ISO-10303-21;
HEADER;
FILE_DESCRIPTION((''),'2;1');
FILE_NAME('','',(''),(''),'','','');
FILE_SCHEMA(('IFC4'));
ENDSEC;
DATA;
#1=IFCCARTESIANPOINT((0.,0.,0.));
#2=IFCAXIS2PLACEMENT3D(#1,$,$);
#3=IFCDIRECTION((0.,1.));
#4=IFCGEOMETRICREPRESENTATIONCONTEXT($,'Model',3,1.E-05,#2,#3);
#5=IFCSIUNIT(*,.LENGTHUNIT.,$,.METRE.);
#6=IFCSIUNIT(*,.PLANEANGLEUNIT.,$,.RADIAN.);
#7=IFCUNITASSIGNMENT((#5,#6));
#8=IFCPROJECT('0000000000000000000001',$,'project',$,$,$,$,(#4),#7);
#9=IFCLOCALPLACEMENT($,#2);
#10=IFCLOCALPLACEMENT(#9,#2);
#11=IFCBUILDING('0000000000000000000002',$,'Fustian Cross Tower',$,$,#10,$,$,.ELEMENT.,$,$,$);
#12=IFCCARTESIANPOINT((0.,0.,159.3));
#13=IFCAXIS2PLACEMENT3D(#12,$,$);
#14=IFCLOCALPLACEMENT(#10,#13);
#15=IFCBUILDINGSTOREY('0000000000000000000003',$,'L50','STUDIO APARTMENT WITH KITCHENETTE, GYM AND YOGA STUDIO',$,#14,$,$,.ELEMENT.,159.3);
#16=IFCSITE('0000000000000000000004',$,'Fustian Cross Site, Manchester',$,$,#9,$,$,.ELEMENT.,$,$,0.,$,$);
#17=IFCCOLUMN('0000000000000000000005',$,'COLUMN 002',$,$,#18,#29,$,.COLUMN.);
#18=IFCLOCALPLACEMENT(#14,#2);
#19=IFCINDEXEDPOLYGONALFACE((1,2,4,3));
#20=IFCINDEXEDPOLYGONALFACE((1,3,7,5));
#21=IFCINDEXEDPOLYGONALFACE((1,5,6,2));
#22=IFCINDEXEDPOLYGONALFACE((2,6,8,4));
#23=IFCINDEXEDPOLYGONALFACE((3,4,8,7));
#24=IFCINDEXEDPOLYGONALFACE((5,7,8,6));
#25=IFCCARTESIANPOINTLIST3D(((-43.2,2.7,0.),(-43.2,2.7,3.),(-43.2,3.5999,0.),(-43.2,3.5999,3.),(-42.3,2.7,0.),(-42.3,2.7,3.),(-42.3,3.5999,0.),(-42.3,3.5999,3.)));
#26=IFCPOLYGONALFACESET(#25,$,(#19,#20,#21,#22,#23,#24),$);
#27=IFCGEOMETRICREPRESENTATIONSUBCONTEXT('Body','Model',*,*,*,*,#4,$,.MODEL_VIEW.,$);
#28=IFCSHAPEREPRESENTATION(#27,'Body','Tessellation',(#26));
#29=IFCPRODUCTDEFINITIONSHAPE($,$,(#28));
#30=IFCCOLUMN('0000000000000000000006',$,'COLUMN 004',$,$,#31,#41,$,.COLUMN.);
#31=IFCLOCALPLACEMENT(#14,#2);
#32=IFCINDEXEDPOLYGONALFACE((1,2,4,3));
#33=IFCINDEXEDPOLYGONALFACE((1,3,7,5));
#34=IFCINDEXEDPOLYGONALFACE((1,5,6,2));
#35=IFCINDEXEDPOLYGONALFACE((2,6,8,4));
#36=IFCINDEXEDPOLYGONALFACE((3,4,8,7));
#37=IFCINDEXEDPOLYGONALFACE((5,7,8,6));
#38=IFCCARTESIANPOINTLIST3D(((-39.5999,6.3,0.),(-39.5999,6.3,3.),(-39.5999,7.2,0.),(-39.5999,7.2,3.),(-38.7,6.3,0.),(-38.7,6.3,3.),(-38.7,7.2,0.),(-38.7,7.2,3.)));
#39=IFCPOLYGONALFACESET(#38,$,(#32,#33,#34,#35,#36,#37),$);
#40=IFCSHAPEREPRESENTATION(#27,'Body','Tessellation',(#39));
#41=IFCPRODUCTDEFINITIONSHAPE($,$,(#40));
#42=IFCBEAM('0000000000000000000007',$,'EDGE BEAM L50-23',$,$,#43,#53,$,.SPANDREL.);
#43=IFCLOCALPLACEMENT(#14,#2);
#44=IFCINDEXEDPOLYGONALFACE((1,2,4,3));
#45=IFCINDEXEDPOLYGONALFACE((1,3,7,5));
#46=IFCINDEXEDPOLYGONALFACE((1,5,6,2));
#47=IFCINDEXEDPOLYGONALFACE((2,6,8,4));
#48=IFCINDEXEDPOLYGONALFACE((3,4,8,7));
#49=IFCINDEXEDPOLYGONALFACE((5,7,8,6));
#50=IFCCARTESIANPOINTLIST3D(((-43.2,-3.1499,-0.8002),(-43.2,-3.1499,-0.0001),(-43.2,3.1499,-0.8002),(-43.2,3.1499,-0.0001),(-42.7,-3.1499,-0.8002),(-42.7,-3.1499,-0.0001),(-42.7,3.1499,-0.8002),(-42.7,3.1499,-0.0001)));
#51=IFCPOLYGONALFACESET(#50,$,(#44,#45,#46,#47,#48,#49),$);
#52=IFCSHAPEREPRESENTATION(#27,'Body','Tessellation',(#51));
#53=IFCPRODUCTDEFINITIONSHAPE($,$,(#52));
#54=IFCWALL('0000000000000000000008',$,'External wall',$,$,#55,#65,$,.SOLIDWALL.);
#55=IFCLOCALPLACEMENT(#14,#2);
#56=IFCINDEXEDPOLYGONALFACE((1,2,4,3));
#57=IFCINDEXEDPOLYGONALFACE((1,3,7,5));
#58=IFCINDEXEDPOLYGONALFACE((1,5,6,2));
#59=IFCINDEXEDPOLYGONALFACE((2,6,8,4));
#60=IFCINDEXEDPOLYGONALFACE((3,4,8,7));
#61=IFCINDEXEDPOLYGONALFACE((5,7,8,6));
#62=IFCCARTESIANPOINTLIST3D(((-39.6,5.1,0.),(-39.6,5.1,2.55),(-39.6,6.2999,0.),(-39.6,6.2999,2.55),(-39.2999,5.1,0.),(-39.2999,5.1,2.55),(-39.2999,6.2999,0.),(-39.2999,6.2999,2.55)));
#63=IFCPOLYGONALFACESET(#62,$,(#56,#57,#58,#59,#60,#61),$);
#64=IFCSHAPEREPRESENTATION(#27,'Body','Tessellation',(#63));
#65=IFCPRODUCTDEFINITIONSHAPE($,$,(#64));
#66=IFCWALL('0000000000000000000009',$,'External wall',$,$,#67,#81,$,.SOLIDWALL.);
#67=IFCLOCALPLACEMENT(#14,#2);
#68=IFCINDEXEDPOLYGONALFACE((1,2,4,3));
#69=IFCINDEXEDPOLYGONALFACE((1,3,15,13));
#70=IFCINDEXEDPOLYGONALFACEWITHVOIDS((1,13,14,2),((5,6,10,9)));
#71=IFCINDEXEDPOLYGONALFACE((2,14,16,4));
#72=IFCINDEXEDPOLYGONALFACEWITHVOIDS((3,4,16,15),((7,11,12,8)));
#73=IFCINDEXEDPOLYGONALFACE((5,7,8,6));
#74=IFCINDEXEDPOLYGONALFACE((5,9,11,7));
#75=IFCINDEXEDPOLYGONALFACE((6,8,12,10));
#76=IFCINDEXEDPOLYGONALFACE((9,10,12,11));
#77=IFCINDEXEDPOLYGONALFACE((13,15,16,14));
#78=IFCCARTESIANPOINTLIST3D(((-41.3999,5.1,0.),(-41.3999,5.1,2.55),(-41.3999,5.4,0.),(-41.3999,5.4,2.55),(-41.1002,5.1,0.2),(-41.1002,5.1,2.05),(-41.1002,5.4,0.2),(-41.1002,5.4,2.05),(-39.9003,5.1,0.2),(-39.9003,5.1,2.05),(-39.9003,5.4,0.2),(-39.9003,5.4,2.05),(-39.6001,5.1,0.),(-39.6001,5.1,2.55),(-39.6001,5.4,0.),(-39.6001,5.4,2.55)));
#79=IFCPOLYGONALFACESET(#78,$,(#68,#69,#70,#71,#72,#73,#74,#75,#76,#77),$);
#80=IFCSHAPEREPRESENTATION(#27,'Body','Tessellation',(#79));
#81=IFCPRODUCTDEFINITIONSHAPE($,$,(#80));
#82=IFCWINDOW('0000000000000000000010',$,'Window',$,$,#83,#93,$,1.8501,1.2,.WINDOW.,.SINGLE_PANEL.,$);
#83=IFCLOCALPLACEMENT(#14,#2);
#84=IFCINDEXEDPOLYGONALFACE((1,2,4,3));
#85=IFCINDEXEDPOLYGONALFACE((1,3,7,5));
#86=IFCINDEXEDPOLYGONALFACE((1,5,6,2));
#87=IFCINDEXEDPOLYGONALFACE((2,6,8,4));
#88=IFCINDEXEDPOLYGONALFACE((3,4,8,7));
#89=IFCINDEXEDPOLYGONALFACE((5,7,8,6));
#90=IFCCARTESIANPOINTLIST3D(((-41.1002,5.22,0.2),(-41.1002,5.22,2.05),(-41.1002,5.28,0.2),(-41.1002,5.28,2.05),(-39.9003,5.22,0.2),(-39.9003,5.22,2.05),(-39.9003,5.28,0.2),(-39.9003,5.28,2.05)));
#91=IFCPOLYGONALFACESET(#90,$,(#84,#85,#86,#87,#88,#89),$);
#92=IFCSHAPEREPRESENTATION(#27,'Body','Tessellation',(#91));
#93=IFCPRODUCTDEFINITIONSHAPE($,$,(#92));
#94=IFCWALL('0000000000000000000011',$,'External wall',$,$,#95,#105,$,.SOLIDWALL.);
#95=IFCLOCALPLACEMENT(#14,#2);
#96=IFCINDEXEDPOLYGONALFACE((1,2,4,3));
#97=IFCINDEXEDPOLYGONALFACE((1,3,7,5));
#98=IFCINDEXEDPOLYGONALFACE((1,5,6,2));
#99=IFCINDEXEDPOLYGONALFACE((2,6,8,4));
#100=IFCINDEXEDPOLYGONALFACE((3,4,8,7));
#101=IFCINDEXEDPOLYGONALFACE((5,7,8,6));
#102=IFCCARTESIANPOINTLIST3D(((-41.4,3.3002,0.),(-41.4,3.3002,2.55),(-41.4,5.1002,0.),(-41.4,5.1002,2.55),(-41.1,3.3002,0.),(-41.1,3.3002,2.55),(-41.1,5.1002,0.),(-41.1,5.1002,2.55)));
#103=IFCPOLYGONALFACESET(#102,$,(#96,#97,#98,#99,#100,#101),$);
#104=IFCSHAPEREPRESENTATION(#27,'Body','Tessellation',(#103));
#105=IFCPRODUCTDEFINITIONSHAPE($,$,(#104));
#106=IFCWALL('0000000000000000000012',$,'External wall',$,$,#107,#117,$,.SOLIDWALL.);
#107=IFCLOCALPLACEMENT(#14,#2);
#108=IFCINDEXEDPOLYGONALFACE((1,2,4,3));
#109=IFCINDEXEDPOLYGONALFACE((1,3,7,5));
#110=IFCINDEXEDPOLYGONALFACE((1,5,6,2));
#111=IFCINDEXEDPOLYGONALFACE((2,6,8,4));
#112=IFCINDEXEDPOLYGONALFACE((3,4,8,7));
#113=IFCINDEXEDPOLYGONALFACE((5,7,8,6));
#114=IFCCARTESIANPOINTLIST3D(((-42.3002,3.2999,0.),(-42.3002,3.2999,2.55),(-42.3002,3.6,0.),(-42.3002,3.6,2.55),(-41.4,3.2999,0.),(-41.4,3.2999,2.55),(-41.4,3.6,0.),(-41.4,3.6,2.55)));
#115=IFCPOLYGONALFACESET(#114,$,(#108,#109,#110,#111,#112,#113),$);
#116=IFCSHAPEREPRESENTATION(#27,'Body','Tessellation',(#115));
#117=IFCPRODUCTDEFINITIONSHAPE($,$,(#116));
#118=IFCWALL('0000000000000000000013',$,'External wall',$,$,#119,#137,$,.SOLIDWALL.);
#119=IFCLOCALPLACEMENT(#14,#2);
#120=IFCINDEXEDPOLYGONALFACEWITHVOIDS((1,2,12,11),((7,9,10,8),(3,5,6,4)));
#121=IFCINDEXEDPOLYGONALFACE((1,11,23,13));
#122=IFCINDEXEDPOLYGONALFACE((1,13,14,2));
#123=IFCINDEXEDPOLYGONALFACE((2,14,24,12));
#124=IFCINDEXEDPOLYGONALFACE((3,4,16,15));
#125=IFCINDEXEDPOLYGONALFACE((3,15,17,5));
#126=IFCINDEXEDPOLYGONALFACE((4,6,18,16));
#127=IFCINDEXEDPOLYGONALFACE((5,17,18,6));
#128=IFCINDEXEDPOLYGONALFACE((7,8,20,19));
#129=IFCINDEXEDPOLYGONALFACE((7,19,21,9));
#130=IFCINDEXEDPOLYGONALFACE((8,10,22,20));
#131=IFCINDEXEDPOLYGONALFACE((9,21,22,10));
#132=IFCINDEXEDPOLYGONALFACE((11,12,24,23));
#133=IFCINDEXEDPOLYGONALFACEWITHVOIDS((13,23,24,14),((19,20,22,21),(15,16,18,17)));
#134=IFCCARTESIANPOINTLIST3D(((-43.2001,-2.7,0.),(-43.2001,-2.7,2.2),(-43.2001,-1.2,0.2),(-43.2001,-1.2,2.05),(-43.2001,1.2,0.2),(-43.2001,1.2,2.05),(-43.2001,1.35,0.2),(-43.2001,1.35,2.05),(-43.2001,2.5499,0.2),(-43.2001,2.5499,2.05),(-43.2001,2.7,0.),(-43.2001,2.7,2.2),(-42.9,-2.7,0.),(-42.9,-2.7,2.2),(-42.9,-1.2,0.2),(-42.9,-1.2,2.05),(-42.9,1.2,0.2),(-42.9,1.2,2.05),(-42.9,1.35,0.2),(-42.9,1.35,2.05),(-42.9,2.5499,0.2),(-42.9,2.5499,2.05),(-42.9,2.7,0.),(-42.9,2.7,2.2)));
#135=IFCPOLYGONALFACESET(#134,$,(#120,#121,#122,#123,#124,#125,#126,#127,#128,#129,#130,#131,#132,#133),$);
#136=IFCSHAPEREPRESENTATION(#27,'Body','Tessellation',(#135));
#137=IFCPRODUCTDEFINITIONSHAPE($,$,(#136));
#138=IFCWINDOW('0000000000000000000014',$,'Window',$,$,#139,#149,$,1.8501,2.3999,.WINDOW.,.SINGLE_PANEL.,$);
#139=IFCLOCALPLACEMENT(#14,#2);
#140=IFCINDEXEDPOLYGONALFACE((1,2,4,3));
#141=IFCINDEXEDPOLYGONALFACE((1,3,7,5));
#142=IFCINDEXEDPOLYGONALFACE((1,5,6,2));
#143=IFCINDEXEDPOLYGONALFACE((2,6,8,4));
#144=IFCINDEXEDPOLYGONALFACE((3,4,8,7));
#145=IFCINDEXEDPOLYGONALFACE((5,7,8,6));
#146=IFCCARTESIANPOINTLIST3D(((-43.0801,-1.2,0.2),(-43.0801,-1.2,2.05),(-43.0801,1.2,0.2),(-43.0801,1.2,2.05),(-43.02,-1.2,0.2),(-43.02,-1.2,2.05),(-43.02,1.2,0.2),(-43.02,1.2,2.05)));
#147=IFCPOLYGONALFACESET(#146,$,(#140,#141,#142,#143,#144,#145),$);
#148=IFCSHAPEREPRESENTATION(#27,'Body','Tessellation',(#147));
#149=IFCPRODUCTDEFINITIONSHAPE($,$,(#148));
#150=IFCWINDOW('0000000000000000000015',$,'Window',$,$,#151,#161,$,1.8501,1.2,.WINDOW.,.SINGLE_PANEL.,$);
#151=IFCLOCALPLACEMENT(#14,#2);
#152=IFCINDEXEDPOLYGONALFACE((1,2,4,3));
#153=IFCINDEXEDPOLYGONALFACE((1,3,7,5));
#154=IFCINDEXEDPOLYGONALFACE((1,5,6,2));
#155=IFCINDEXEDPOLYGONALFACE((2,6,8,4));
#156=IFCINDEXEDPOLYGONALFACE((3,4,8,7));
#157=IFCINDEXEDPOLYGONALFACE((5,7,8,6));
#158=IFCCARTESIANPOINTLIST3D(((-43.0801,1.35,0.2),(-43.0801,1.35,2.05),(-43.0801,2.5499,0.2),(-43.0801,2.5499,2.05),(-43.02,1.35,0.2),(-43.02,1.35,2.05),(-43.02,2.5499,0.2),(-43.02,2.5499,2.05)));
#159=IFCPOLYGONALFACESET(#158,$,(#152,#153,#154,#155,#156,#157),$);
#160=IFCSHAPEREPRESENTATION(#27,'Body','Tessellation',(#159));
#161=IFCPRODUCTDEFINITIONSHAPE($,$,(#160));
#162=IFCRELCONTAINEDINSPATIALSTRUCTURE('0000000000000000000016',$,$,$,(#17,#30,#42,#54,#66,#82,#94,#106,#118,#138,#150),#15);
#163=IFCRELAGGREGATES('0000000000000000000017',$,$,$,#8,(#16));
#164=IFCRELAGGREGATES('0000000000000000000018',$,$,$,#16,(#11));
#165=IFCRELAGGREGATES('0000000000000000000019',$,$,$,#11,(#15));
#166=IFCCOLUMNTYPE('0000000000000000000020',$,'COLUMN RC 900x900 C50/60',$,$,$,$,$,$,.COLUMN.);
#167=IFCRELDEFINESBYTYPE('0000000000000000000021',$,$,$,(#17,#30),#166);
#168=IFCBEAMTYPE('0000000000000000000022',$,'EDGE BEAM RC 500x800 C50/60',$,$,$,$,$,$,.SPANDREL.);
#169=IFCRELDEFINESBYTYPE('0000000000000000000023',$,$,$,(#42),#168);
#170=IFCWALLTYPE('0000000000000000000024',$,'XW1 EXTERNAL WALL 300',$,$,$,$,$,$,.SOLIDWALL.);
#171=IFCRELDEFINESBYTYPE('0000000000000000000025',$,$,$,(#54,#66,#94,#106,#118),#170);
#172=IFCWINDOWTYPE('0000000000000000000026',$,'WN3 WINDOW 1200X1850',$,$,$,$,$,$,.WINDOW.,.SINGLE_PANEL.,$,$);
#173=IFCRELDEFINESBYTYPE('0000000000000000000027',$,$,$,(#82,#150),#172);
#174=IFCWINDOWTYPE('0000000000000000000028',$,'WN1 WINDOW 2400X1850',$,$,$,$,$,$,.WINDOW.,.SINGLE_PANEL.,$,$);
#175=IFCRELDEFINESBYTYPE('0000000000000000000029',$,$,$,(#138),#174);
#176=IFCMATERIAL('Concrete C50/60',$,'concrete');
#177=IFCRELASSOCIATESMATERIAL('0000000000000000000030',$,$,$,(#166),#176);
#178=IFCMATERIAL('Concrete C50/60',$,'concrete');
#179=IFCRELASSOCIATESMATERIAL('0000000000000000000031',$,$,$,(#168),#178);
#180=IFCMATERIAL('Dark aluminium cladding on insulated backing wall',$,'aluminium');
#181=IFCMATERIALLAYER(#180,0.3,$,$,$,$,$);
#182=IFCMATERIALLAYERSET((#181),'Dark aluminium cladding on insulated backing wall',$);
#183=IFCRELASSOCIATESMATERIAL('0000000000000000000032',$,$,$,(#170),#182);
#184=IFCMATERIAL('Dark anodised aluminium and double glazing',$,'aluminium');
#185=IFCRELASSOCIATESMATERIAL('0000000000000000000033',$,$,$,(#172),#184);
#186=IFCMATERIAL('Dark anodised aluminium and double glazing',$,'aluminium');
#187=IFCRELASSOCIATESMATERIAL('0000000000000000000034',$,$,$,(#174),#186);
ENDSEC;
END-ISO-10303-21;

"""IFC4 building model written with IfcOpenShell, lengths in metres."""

from ifc_helpers import new_model, si_unit, direction, frame, frame_2d, origin, origin_2d, place, context, subcontext, project, spatial, rectangle, extrude, material, layer, layer_set, material_profile, profile_set, type_object, element, fill, save


model = new_model("IFC4")

# Units and contexts
model_context = context("Model", 3, precision=1e-05, world=origin(), true_north=direction((0.0, 1.0)))
body_context = subcontext(model_context, "Body", "Model", "MODEL_VIEW")
ifc_project = project(units=[si_unit("LENGTHUNIT", "METRE"), si_unit("PLANEANGLEUNIT", "RADIAN")], contexts=[model_context])

# Site, building, storey
site_placement = place(None, origin())
site = spatial("IfcSite", under=ifc_project, at=site_placement, Name="Fustian Cross Site, Manchester", CompositionType="ELEMENT", RefElevation=0.0)
building_placement = place(site_placement, origin())
building = spatial("IfcBuilding", under=site, at=building_placement, Name="Fustian Cross Tower", CompositionType="ELEMENT")
storey_placement = place(building_placement, frame((0.0, 0.0, 159.3)))
storey = spatial("IfcBuildingStorey", under=building, at=storey_placement, Name="L50", Description="STUDIO APARTMENT WITH KITCHENETTE, GYM AND YOGA STUDIO", CompositionType="ELEMENT", Elevation=159.3)

# Columns
ifc_material_1 = material(Name="Concrete C50/60", Category="concrete")
ifc_material_profile_1 = material_profile(ifc_material_1, rectangle(XDim=0.8999, YDim=0.8999, at=origin_2d()), Name="RC 900x900")
ifc_profile_set_1 = profile_set([ifc_material_profile_1], Name="Concrete C50/60")
column_type = type_object("IfcColumnType", Name="COLUMN RC 900x900 C50/60", PredefinedType="COLUMN", material=ifc_profile_set_1)
for number, where, z_axis, x_axis, name in (
    (1, (-42.75, 3.1499, 0.0), (0.0, 0.0, 1.0), (1.0, 0.0, 0.0), "COLUMN 002"),
    (2, (-39.1499, 6.75, 0.0), (0.0, 0.0, 1.0), (1.0, 0.0, 0.0), "COLUMN 004"),
):
    element("IfcColumn", number, at=place(storey_placement, frame(where, z_axis=z_axis, x_axis=x_axis)), inside=storey, type_object=column_type, Name=name, PredefinedType="COLUMN", context=body_context, shape_type="SweptSolid", body=[
        extrude(rectangle(XDim=0.8999, YDim=0.8999, at=origin_2d()), origin(), (0.0, 0.0, 1.0), 3.0),
    ])

# Beam
ifc_material_2 = material(Name="Concrete C50/60", Category="concrete")
ifc_material_profile_2 = material_profile(ifc_material_2, rectangle(XDim=0.5, YDim=0.8, at=origin_2d()), Name="RC 500x800")
ifc_profile_set_2 = profile_set([ifc_material_profile_2], Name="Concrete C50/60")
beam_type = type_object("IfcBeamType", Name="EDGE BEAM RC 500x800 C50/60", PredefinedType="SPANDREL", material=ifc_profile_set_2)
beam_placement = place(storey_placement, frame((-42.95, 3.1499, -0.4001), z_axis=(0.0, -1.0, 0.0), x_axis=(1.0, 0.0, 0.0)))
element("IfcBeam", 3, at=beam_placement, inside=storey, type_object=beam_type, Name="EDGE BEAM L50-23", PredefinedType="SPANDREL", context=body_context, shape_type="SweptSolid", body=[
    extrude(rectangle(XDim=0.5, YDim=0.8, at=origin_2d()), origin(), (0.0, 0.0, 1.0), 6.2998),
])

# Wall
ifc_material_3 = material(Name="Dark aluminium cladding on insulated backing wall", Category="aluminium")
ifc_layer = layer(ifc_material_3, 0.3)
ifc_layer_set = layer_set([ifc_layer], Name="Dark aluminium cladding on insulated backing wall")
wall_type = type_object("IfcWallType", Name="XW1 EXTERNAL WALL 300", PredefinedType="SOLIDWALL", material=ifc_layer_set)
wall_1_placement = place(storey_placement, frame((-39.45, 6.3, 0.0), z_axis=(0.0, 0.0, 1.0), x_axis=(0.0, -1.0, 0.0)))
element("IfcWall", 4, at=wall_1_placement, inside=storey, type_object=wall_type, Name="External wall", PredefinedType="SOLIDWALL", context=body_context, shape_type="SweptSolid", body=[
    extrude(rectangle(XDim=1.2, YDim=0.3, at=frame_2d((0.6001, 0.0))), origin(), (0.0, 0.0, 1.0), 2.55),
])

# Wall, opening, window
wall_2_placement = place(storey_placement, frame((-39.6001, 5.25, 0.0), z_axis=(0.0, 0.0, 1.0), x_axis=(-1.0, 0.0, 0.0)))
wall_2 = element("IfcWall", 5, at=wall_2_placement, inside=storey, type_object=wall_type, Name="External wall", PredefinedType="SOLIDWALL", context=body_context, shape_type="SweptSolid", body=[
    extrude(rectangle(XDim=1.7998, YDim=0.3, at=frame_2d((0.8999, 0.0))), origin(), (0.0, 0.0, 1.0), 2.55),
])
opening_1_placement = place(wall_2_placement, frame((0.3, 0.0, 0.2)))
opening_1 = element("IfcOpeningElement", 6, at=opening_1_placement, cuts=wall_2, PredefinedType="OPENING", context=body_context, shape_type="SweptSolid", body=[
    extrude(rectangle(XDim=1.2, YDim=1.8501, at=frame_2d((0.6001, 0.925))), frame((0.0, 0.1599, 0.0), z_axis=(0.0, -1.0, 0.0), x_axis=(1.0, 0.0, 0.0)), (0.0, 0.0, 1.0), 0.3201),
])
ifc_material_4 = material(Name="Dark anodised aluminium and double glazing", Category="aluminium")
window_type_1 = type_object("IfcWindowType", Name="WN3 WINDOW 1200X1850", PartitioningType="SINGLE_PANEL", PredefinedType="WINDOW", material=ifc_material_4)
window_1_placement = place(opening_1_placement, origin())
window_1 = element("IfcWindow", 7, at=window_1_placement, inside=storey, type_object=window_type_1, Name="Window", OverallHeight=1.8501, OverallWidth=1.2, PartitioningType="SINGLE_PANEL", PredefinedType="WINDOW", context=body_context, shape_type="SweptSolid", body=[
    extrude(rectangle(XDim=1.2, YDim=1.8501, at=frame_2d((0.6001, 0.925))), frame((0.0, 0.03, 0.0), z_axis=(0.0, -1.0, 0.0), x_axis=(1.0, 0.0, 0.0)), (0.0, 0.0, 1.0), 0.0601),
])
fill(opening_1, window_1)

# Walls
wall_3_placement = place(storey_placement, frame((-41.25, 5.1001, 0.0), z_axis=(0.0, 0.0, 1.0), x_axis=(0.0, -1.0, 0.0)))
element("IfcWall", 8, at=wall_3_placement, inside=storey, type_object=wall_type, Name="External wall", PredefinedType="SOLIDWALL", context=body_context, shape_type="SweptSolid", body=[
    extrude(rectangle(XDim=1.8, YDim=0.3, at=frame_2d((0.8999, 0.0))), origin(), (0.0, 0.0, 1.0), 2.55),
])
wall_4_placement = place(storey_placement, frame((-41.3999, 3.45, 0.0), z_axis=(0.0, 0.0, 1.0), x_axis=(-1.0, 0.0, 0.0)))
element("IfcWall", 9, at=wall_4_placement, inside=storey, type_object=wall_type, Name="External wall", PredefinedType="SOLIDWALL", context=body_context, shape_type="SweptSolid", body=[
    extrude(rectangle(XDim=0.9001, YDim=0.3, at=frame_2d((0.4502, 0.0))), origin(), (0.0, 0.0, 1.0), 2.55),
])

# Wall, openings, windows
wall_5_placement = place(storey_placement, frame((-43.05, 2.7, 0.0), z_axis=(0.0, 0.0, 1.0), x_axis=(0.0, -1.0, 0.0)))
wall_5 = element("IfcWall", 10, at=wall_5_placement, inside=storey, type_object=wall_type, Name="External wall", PredefinedType="SOLIDWALL", context=body_context, shape_type="SweptSolid", body=[
    extrude(rectangle(XDim=5.3999, YDim=0.3, at=frame_2d((2.7, 0.0))), origin(), (0.0, 0.0, 1.0), 2.2),
])
opening_2_placement = place(wall_5_placement, frame((1.5, 0.0, 0.2)))
opening_2 = element("IfcOpeningElement", 11, at=opening_2_placement, cuts=wall_5, PredefinedType="OPENING", context=body_context, shape_type="SweptSolid", body=[
    extrude(rectangle(XDim=2.3999, YDim=1.8501, at=frame_2d((1.2, 0.925))), frame((0.0, 0.1599, 0.0), z_axis=(0.0, -1.0, 0.0), x_axis=(1.0, 0.0, 0.0)), (0.0, 0.0, 1.0), 0.3201),
])
opening_3_placement = place(wall_5_placement, frame((0.1499, 0.0, 0.2)))
opening_3 = element("IfcOpeningElement", 12, at=opening_3_placement, cuts=wall_5, PredefinedType="OPENING", context=body_context, shape_type="SweptSolid", body=[
    extrude(rectangle(XDim=1.2, YDim=1.8501, at=frame_2d((0.6001, 0.925))), frame((0.0, 0.1599, 0.0), z_axis=(0.0, -1.0, 0.0), x_axis=(1.0, 0.0, 0.0)), (0.0, 0.0, 1.0), 0.3201),
])
ifc_material_5 = material(Name="Dark anodised aluminium and double glazing", Category="aluminium")
window_type_2 = type_object("IfcWindowType", Name="WN1 WINDOW 2400X1850", PartitioningType="SINGLE_PANEL", PredefinedType="WINDOW", material=ifc_material_5)
window_2_placement = place(opening_2_placement, origin())
window_2 = element("IfcWindow", 13, at=window_2_placement, inside=storey, type_object=window_type_2, Name="Window", OverallHeight=1.8501, OverallWidth=2.3999, PartitioningType="SINGLE_PANEL", PredefinedType="WINDOW", context=body_context, shape_type="SweptSolid", body=[
    extrude(rectangle(XDim=2.3999, YDim=1.8501, at=frame_2d((1.2, 0.925))), frame((0.0, 0.03, 0.0), z_axis=(0.0, -1.0, 0.0), x_axis=(1.0, 0.0, 0.0)), (0.0, 0.0, 1.0), 0.0601),
])
fill(opening_2, window_2)
window_3_placement = place(opening_3_placement, origin())
window_3 = element("IfcWindow", 14, at=window_3_placement, inside=storey, type_object=window_type_1, Name="Window", OverallHeight=1.8501, OverallWidth=1.2, PartitioningType="SINGLE_PANEL", PredefinedType="WINDOW", context=body_context, shape_type="SweptSolid", body=[
    extrude(rectangle(XDim=1.2, YDim=1.8501, at=frame_2d((0.6001, 0.925))), frame((0.0, 0.03, 0.0), z_axis=(0.0, -1.0, 0.0), x_axis=(1.0, 0.0, 0.0)), (0.0, 0.0, 1.0), 0.0601),
])
fill(opening_3, window_3)

save(model, "model.ifc")
